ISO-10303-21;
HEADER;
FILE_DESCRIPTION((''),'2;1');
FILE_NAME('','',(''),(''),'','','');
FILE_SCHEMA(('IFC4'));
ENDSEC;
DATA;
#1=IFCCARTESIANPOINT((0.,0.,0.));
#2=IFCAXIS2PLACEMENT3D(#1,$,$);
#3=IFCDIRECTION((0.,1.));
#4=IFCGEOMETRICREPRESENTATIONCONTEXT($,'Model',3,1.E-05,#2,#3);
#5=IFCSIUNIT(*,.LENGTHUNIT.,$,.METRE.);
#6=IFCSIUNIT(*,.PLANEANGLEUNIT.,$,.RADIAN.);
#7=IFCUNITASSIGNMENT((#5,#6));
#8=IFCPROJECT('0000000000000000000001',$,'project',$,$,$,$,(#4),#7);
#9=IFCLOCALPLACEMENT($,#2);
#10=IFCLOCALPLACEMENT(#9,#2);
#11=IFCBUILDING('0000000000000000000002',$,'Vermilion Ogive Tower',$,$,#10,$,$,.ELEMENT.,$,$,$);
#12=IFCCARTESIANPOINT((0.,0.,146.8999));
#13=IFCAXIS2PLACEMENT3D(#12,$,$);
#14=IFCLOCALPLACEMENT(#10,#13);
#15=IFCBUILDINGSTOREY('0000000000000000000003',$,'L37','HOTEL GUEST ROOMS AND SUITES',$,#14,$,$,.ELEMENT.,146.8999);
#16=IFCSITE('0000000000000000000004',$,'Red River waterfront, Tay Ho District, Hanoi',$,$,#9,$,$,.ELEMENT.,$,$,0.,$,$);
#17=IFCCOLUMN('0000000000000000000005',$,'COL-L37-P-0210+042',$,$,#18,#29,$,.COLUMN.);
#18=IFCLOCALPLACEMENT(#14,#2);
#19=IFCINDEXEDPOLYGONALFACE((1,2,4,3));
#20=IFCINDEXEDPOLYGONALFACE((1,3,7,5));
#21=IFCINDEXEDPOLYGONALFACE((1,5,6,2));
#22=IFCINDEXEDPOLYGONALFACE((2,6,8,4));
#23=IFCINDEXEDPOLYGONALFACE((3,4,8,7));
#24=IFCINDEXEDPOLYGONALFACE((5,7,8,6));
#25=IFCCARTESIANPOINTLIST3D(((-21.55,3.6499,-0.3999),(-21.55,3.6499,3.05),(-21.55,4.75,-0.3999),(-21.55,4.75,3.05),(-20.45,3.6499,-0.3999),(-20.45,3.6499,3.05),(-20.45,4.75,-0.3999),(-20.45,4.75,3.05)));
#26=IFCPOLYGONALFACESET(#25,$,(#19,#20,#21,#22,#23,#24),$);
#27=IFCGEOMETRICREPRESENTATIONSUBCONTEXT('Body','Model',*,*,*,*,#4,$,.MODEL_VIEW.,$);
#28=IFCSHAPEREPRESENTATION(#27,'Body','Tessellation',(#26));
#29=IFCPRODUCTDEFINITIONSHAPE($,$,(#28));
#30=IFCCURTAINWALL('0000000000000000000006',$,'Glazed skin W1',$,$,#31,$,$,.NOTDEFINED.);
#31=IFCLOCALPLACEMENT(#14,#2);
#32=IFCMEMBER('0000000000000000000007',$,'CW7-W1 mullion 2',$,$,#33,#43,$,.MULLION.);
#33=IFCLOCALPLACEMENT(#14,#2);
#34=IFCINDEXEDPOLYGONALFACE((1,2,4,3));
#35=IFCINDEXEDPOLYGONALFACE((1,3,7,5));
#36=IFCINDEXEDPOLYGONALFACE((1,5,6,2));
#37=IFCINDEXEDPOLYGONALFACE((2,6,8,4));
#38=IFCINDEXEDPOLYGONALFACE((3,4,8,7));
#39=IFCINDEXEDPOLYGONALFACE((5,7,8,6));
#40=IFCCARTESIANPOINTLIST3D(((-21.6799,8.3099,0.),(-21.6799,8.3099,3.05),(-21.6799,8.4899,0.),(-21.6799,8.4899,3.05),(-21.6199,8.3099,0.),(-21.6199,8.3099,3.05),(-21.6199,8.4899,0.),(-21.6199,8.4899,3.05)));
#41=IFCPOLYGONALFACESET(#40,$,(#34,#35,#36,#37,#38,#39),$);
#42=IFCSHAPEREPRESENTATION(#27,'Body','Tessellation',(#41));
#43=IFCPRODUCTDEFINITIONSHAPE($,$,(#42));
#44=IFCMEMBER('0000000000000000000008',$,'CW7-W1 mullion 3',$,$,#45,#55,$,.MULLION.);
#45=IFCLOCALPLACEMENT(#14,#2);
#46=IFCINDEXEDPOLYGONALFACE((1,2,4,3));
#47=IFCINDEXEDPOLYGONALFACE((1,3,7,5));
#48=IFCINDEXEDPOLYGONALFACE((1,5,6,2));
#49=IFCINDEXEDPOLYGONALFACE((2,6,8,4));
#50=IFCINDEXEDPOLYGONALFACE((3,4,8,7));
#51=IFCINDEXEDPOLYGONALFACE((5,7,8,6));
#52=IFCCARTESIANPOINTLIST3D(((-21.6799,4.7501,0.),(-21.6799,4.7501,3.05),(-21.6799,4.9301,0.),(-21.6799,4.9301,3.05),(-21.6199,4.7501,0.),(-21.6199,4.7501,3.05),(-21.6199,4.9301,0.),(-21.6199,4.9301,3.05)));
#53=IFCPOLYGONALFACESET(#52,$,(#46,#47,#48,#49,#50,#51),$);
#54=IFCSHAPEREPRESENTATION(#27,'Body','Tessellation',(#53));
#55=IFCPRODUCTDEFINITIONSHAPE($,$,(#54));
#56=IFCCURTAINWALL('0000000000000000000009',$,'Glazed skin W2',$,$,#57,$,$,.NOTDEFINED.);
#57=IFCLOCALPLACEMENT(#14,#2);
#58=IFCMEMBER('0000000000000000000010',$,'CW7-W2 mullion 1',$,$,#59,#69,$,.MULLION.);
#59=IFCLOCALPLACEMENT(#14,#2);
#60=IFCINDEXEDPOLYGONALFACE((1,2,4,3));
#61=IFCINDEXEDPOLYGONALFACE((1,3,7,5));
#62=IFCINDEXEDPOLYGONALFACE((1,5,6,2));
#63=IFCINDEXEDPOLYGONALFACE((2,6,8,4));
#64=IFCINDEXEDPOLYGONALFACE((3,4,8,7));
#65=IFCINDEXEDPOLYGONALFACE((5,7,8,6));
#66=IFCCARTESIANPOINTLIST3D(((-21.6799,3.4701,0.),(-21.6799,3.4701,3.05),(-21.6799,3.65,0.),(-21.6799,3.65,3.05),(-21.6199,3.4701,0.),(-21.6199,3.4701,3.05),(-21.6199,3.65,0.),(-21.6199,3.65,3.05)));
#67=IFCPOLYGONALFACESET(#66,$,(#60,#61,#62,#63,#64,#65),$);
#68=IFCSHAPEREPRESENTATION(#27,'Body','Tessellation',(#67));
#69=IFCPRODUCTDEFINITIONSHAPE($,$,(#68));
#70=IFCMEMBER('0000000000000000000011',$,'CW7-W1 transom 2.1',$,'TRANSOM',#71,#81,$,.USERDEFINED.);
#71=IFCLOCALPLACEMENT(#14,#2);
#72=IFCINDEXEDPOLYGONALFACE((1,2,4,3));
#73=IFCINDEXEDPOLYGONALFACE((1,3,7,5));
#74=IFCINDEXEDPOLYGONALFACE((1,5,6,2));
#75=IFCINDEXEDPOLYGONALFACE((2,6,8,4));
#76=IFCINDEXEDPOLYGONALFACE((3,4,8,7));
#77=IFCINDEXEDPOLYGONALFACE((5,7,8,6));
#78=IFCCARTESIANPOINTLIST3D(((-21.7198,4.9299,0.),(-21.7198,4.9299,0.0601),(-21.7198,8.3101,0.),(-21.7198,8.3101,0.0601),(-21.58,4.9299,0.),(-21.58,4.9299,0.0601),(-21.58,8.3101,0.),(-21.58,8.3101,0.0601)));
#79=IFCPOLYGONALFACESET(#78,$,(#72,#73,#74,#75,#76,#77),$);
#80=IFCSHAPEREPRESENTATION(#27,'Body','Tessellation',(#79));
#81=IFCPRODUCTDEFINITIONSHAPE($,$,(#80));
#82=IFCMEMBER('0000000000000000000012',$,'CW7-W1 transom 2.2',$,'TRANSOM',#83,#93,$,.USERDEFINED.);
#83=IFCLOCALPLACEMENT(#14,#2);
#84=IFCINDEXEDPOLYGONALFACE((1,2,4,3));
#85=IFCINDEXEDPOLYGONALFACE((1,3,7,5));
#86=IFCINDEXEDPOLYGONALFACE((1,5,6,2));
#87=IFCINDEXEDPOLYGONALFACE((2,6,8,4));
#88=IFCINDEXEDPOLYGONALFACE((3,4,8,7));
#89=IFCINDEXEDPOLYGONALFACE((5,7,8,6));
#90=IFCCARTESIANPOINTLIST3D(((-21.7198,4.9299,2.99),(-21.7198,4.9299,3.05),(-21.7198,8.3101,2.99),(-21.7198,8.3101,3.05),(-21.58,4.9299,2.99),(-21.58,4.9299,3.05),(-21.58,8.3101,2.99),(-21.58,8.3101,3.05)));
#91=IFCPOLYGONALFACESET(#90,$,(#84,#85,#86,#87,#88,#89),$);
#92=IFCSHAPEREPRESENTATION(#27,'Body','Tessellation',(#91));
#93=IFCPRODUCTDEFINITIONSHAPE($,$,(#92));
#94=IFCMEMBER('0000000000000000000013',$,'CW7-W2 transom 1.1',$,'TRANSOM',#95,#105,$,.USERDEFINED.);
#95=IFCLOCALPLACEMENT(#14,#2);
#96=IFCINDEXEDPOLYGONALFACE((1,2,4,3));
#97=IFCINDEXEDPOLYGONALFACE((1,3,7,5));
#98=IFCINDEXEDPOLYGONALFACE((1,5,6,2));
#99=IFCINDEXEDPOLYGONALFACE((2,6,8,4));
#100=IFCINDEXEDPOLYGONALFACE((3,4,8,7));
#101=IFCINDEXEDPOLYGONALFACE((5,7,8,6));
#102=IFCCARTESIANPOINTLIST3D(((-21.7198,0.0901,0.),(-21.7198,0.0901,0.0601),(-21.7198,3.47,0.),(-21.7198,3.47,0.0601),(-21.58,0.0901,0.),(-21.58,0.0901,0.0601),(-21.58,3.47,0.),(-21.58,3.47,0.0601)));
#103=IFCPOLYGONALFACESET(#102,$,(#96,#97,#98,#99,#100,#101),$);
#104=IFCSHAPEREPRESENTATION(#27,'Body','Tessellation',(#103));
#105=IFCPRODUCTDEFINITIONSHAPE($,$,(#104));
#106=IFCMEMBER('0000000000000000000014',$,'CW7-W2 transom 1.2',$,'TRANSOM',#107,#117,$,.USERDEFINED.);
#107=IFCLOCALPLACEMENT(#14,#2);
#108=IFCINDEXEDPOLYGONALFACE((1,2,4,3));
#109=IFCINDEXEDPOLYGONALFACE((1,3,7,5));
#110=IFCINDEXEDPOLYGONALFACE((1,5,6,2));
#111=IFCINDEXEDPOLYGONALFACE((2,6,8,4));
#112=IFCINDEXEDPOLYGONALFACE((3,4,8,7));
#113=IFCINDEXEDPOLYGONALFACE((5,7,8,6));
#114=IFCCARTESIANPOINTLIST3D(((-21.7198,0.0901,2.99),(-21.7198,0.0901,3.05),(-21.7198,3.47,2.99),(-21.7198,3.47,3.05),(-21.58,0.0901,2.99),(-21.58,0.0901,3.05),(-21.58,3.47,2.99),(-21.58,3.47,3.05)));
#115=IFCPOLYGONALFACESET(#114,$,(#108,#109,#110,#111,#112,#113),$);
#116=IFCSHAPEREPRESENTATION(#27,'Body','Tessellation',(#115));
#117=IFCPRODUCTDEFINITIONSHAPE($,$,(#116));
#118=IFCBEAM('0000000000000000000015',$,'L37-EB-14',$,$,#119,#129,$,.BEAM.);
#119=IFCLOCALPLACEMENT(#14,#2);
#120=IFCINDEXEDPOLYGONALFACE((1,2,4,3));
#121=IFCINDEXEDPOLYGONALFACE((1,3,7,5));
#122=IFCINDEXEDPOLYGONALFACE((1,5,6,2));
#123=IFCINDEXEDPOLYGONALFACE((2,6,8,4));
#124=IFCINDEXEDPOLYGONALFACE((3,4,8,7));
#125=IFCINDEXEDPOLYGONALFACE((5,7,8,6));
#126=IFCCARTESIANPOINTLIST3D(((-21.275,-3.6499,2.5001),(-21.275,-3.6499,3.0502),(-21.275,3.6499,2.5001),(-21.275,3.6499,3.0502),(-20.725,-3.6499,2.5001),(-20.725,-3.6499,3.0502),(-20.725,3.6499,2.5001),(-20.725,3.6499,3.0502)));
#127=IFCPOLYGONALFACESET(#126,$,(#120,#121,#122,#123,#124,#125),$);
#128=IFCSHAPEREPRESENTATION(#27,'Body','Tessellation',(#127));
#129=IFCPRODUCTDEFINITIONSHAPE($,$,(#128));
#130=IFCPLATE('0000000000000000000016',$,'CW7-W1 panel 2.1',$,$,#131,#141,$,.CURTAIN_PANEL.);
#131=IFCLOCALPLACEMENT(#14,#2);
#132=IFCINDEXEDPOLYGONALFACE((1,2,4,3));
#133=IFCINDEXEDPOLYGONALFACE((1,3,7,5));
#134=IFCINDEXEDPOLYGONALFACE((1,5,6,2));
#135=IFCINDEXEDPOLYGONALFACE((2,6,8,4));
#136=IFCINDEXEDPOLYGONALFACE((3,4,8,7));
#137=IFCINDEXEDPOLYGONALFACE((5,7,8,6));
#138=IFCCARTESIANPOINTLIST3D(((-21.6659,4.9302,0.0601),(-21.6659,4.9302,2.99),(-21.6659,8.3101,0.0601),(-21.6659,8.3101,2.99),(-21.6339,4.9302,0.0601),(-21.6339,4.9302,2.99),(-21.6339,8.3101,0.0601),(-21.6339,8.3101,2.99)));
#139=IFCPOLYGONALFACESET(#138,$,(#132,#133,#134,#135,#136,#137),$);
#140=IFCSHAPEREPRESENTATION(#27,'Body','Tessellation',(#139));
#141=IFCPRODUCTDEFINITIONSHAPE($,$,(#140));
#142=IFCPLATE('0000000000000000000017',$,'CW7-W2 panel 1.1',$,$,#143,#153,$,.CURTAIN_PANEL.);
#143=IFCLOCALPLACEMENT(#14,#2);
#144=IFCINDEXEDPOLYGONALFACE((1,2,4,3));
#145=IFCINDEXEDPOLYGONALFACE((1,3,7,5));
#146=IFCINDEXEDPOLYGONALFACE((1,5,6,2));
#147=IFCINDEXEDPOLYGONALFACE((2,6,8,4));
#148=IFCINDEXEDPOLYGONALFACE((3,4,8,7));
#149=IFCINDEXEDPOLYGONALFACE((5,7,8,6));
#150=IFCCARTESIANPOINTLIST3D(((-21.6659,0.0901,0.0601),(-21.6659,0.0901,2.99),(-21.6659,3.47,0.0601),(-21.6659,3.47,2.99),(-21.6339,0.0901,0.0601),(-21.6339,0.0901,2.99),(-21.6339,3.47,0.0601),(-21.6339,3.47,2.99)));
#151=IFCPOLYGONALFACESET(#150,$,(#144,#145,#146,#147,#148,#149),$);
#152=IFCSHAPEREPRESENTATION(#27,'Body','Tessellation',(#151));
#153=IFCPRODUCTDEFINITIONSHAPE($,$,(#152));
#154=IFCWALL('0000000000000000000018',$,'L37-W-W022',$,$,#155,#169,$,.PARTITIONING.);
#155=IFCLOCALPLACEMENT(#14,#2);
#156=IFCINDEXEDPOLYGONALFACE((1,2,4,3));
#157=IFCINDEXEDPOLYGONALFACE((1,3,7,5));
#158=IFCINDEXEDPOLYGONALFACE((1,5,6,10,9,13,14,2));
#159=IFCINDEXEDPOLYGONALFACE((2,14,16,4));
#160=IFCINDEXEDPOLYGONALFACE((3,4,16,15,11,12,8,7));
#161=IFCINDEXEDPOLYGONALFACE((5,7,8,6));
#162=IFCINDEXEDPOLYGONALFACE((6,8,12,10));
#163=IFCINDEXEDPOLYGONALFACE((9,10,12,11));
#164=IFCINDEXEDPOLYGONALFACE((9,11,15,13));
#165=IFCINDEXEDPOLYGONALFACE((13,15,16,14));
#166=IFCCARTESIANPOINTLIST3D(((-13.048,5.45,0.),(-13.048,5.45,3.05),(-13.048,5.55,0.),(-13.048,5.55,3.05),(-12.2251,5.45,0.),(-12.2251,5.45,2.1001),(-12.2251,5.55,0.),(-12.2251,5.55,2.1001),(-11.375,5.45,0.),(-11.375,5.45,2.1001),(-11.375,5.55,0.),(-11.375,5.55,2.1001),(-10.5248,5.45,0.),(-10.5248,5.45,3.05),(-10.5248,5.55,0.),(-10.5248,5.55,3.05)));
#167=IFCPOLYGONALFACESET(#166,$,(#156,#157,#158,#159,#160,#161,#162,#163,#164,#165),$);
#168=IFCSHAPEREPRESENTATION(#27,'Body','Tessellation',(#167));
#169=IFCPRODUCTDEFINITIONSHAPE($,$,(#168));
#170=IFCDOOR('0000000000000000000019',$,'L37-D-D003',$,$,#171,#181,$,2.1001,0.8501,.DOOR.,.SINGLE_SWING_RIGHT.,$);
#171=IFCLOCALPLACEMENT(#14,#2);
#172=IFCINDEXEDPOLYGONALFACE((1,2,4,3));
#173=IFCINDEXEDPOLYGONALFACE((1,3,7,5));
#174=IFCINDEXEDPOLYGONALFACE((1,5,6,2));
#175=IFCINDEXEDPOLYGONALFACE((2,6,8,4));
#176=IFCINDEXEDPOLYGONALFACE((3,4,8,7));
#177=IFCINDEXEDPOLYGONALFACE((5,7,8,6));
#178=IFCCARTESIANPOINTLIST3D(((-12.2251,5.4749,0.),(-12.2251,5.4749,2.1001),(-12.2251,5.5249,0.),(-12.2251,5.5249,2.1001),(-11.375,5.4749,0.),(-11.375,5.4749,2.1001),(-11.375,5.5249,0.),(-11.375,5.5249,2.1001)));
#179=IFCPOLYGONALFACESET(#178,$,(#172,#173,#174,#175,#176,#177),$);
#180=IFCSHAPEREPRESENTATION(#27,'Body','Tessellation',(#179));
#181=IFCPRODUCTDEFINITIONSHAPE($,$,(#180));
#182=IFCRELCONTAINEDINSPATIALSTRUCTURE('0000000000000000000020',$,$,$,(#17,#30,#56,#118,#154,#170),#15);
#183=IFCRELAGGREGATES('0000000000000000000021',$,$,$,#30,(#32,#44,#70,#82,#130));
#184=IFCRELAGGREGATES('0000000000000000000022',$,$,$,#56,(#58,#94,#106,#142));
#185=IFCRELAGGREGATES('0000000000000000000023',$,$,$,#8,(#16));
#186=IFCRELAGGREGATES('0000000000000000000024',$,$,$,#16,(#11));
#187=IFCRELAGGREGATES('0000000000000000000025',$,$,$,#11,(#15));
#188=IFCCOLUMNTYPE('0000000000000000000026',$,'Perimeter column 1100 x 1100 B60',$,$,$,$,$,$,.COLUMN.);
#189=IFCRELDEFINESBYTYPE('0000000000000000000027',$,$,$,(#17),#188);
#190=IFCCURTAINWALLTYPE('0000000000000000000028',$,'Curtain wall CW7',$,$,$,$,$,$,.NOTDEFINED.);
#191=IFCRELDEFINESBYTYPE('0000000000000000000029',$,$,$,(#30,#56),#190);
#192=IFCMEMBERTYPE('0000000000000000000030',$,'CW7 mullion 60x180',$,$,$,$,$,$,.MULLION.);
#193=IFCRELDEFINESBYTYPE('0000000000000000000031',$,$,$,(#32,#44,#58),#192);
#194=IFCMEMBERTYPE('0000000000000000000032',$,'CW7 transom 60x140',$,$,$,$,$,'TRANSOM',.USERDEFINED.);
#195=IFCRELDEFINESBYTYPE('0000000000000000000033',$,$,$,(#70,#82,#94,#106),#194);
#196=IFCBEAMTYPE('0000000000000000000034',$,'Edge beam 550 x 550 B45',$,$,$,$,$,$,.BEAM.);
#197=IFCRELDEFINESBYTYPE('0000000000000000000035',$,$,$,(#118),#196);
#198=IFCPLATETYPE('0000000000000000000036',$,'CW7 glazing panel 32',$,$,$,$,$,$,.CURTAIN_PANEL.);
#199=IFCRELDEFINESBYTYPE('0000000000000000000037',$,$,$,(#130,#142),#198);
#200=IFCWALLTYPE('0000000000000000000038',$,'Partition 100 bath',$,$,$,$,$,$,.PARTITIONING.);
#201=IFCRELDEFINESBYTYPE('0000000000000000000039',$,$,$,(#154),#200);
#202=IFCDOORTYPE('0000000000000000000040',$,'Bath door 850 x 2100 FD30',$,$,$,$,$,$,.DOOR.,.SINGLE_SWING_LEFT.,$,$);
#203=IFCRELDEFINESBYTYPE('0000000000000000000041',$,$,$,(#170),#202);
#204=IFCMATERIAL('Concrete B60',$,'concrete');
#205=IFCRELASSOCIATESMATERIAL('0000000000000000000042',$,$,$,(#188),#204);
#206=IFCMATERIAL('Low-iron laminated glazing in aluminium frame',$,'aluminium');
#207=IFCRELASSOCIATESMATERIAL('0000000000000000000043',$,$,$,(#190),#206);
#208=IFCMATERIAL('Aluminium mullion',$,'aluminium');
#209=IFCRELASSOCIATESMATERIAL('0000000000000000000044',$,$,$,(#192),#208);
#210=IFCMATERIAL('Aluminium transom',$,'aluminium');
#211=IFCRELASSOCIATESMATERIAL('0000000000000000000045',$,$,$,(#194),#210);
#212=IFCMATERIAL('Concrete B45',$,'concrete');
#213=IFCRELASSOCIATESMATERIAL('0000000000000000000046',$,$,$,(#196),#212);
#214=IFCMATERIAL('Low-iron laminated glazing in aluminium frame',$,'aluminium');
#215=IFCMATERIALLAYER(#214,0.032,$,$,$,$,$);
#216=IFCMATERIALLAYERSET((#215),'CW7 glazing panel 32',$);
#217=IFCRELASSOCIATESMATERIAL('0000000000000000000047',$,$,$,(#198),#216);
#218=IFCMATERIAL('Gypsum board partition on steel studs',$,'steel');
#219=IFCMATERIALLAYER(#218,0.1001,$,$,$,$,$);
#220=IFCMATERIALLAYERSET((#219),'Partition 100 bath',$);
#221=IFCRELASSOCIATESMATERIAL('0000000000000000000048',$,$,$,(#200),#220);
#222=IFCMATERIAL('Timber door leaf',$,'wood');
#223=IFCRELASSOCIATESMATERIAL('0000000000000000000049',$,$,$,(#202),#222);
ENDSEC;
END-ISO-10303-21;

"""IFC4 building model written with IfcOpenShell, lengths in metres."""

from ifc_helpers import new_model, si_unit, direction, frame, frame_2d, origin, origin_2d, place, context, subcontext, project, spatial, rectangle, extrude, material, layer, layer_set, material_profile, profile_set, type_object, element, fill, aggregate, save


model = new_model("IFC4")

# Units and contexts
model_context = context("Model", 3, precision=1e-05, world=origin(), true_north=direction((0.0, 1.0)))
body_context = subcontext(model_context, "Body", "Model", "MODEL_VIEW")
ifc_project = project(units=[si_unit("LENGTHUNIT", "METRE"), si_unit("PLANEANGLEUNIT", "RADIAN")], contexts=[model_context])

# Site, building, storey
site_placement = place(None, origin())
site = spatial("IfcSite", under=ifc_project, at=site_placement, Name="Red River waterfront, Tay Ho District, Hanoi", CompositionType="ELEMENT", RefElevation=0.0)
building_placement = place(site_placement, origin())
building = spatial("IfcBuilding", under=site, at=building_placement, Name="Vermilion Ogive Tower", CompositionType="ELEMENT")
storey_placement = place(building_placement, frame((0.0, 0.0, 146.8999)))
storey = spatial("IfcBuildingStorey", under=building, at=storey_placement, Name="L37", Description="HOTEL GUEST ROOMS AND SUITES", CompositionType="ELEMENT", Elevation=146.8999)

# Column
ifc_material_1 = material(Name="Concrete B60", Category="concrete")
ifc_material_profile_1 = material_profile(ifc_material_1, rectangle(XDim=1.1001, YDim=1.1001, at=origin_2d()), Name="1100 x 1100")
ifc_profile_set_1 = profile_set([ifc_material_profile_1], Name="Concrete B60")
column_type = type_object("IfcColumnType", Name="Perimeter column 1100 x 1100 B60", PredefinedType="COLUMN", material=ifc_profile_set_1)
column_placement = place(storey_placement, frame((-21.0, 4.2, -0.3999), z_axis=(0.0, 0.0, 1.0), x_axis=(1.0, 0.0, 0.0)))
element("IfcColumn", 1, at=column_placement, inside=storey, type_object=column_type, Name="COL-L37-P-0210+042", PredefinedType="COLUMN", context=body_context, shape_type="SweptSolid", body=[
    extrude(rectangle(XDim=1.1001, YDim=1.1001, at=origin_2d()), origin(), (0.0, 0.0, 1.0), 3.45),
])

# Curtain wall, members
ifc_material_2 = material(Name="Low-iron laminated glazing in aluminium frame", Category="aluminium")
curtain_wall_type = type_object("IfcCurtainWallType", Name="Curtain wall CW7", PredefinedType="NOTDEFINED", material=ifc_material_2)
curtain_wall_1_placement = place(storey_placement, origin())
curtain_wall_1 = element("IfcCurtainWall", 2, at=curtain_wall_1_placement, inside=storey, type_object=curtain_wall_type, Name="Glazed skin W1", PredefinedType="NOTDEFINED")
ifc_material_3 = material(Name="Aluminium mullion", Category="aluminium")
ifc_material_profile_2 = material_profile(ifc_material_3, rectangle(XDim=0.0601, YDim=0.1799, at=origin_2d()), Name="AL 60x180")
ifc_profile_set_2 = profile_set([ifc_material_profile_2], Name="Aluminium mullion")
member_type_1 = type_object("IfcMemberType", Name="CW7 mullion 60x180", PredefinedType="MULLION", material=ifc_profile_set_2)
member_1_placement = place(storey_placement, frame((-21.6499, 8.3999, 0.0), z_axis=(0.0, 0.0, 1.0), x_axis=(1.0, 0.0, 0.0)))
member_1 = element("IfcMember", 3, at=member_1_placement, type_object=member_type_1, Name="CW7-W1 mullion 2", PredefinedType="MULLION", context=body_context, shape_type="SweptSolid", body=[
    extrude(rectangle(XDim=0.0601, YDim=0.1799, at=origin_2d()), origin(), (0.0, 0.0, 1.0), 3.05),
])
member_2_placement = place(storey_placement, frame((-21.6499, 4.8401, 0.0), z_axis=(0.0, 0.0, 1.0), x_axis=(1.0, 0.0, 0.0)))
member_2 = element("IfcMember", 4, at=member_2_placement, type_object=member_type_1, Name="CW7-W1 mullion 3", PredefinedType="MULLION", context=body_context, shape_type="SweptSolid", body=[
    extrude(rectangle(XDim=0.0601, YDim=0.1799, at=origin_2d()), origin(), (0.0, 0.0, 1.0), 3.05),
])

# Curtain wall, member
curtain_wall_2_placement = place(storey_placement, origin())
curtain_wall_2 = element("IfcCurtainWall", 5, at=curtain_wall_2_placement, inside=storey, type_object=curtain_wall_type, Name="Glazed skin W2", PredefinedType="NOTDEFINED")
member_3_placement = place(storey_placement, frame((-21.6499, 3.5601, 0.0), z_axis=(0.0, 0.0, 1.0), x_axis=(1.0, 0.0, 0.0)))
member_3 = element("IfcMember", 6, at=member_3_placement, type_object=member_type_1, Name="CW7-W2 mullion 1", PredefinedType="MULLION", context=body_context, shape_type="SweptSolid", body=[
    extrude(rectangle(XDim=0.0601, YDim=0.1799, at=origin_2d()), origin(), (0.0, 0.0, 1.0), 3.05),
])

# Members
ifc_material_4 = material(Name="Aluminium transom", Category="aluminium")
ifc_material_profile_3 = material_profile(ifc_material_4, rectangle(XDim=0.1399, YDim=0.0601, at=origin_2d()), Name="AL 60x140")
ifc_profile_set_3 = profile_set([ifc_material_profile_3], Name="Aluminium transom")
member_type_2 = type_object("IfcMemberType", Name="CW7 transom 60x140", ElementType="TRANSOM", PredefinedType="USERDEFINED", material=ifc_profile_set_3)
member_4_placement = place(storey_placement, frame((-21.6499, 8.3101, 0.03), z_axis=(0.0, -1.0, 0.0), x_axis=(1.0, 0.0, 0.0)))
member_4 = element("IfcMember", 7, at=member_4_placement, type_object=member_type_2, Name="CW7-W1 transom 2.1", ObjectType="TRANSOM", PredefinedType="USERDEFINED", context=body_context, shape_type="SweptSolid", body=[
    extrude(rectangle(XDim=0.1399, YDim=0.0601, at=origin_2d()), origin(), (0.0, 0.0, 1.0), 3.3801),
])
member_5_placement = place(storey_placement, frame((-21.6499, 8.3101, 3.02), z_axis=(0.0, -1.0, 0.0), x_axis=(1.0, 0.0, 0.0)))
member_5 = element("IfcMember", 8, at=member_5_placement, type_object=member_type_2, Name="CW7-W1 transom 2.2", ObjectType="TRANSOM", PredefinedType="USERDEFINED", context=body_context, shape_type="SweptSolid", body=[
    extrude(rectangle(XDim=0.1399, YDim=0.0601, at=origin_2d()), origin(), (0.0, 0.0, 1.0), 3.3801),
])
member_6_placement = place(storey_placement, frame((-21.6499, 3.47, 0.03), z_axis=(0.0, -1.0, 0.0), x_axis=(1.0, 0.0, 0.0)))
member_6 = element("IfcMember", 9, at=member_6_placement, type_object=member_type_2, Name="CW7-W2 transom 1.1", ObjectType="TRANSOM", PredefinedType="USERDEFINED", context=body_context, shape_type="SweptSolid", body=[
    extrude(rectangle(XDim=0.1399, YDim=0.0601, at=origin_2d()), origin(), (0.0, 0.0, 1.0), 3.3799),
])
member_7_placement = place(storey_placement, frame((-21.6499, 3.47, 3.02), z_axis=(0.0, -1.0, 0.0), x_axis=(1.0, 0.0, 0.0)))
member_7 = element("IfcMember", 10, at=member_7_placement, type_object=member_type_2, Name="CW7-W2 transom 1.2", ObjectType="TRANSOM", PredefinedType="USERDEFINED", context=body_context, shape_type="SweptSolid", body=[
    extrude(rectangle(XDim=0.1399, YDim=0.0601, at=origin_2d()), origin(), (0.0, 0.0, 1.0), 3.3799),
])

# Beam
ifc_material_5 = material(Name="Concrete B45", Category="concrete")
ifc_material_profile_4 = material_profile(ifc_material_5, rectangle(XDim=0.55, YDim=0.55, at=origin_2d()), Name="550 x 550")
ifc_profile_set_4 = profile_set([ifc_material_profile_4], Name="Concrete B45")
beam_type = type_object("IfcBeamType", Name="Edge beam 550 x 550 B45", PredefinedType="BEAM", material=ifc_profile_set_4)
beam_placement = place(storey_placement, frame((-21.0, 3.6499, 2.7751), z_axis=(0.0, -1.0, 0.0), x_axis=(1.0, 0.0, 0.0)))
element("IfcBeam", 11, at=beam_placement, inside=storey, type_object=beam_type, Name="L37-EB-14", PredefinedType="BEAM", context=body_context, shape_type="SweptSolid", body=[
    extrude(rectangle(XDim=0.55, YDim=0.55, at=origin_2d()), origin(), (0.0, 0.0, 1.0), 7.2998),
])

# Plates
ifc_material_6 = material(Name="Low-iron laminated glazing in aluminium frame", Category="aluminium")
ifc_layer_1 = layer(ifc_material_6, 0.032)
ifc_layer_set_1 = layer_set([ifc_layer_1], Name="CW7 glazing panel 32")
plate_type = type_object("IfcPlateType", Name="CW7 glazing panel 32", PredefinedType="CURTAIN_PANEL", material=ifc_layer_set_1)
plate_1_placement = place(storey_placement, frame((-21.6499, 6.6201, 0.0601), z_axis=(0.0, 0.0, 1.0), x_axis=(0.0, -1.0, 0.0)))
plate_1 = element("IfcPlate", 12, at=plate_1_placement, type_object=plate_type, Name="CW7-W1 panel 2.1", PredefinedType="CURTAIN_PANEL", context=body_context, shape_type="SweptSolid", body=[
    extrude(rectangle(XDim=3.3799, YDim=0.032, at=origin_2d()), origin(), (0.0, 0.0, 1.0), 2.9299),
])
aggregate(curtain_wall_1, [member_1, member_2, member_4, member_5, plate_1])
plate_2_placement = place(storey_placement, frame((-21.6499, 1.78, 0.0601), z_axis=(0.0, 0.0, 1.0), x_axis=(0.0, -1.0, 0.0)))
plate_2 = element("IfcPlate", 13, at=plate_2_placement, type_object=plate_type, Name="CW7-W2 panel 1.1", PredefinedType="CURTAIN_PANEL", context=body_context, shape_type="SweptSolid", body=[
    extrude(rectangle(XDim=3.3799, YDim=0.032, at=origin_2d()), origin(), (0.0, 0.0, 1.0), 2.9299),
])
aggregate(curtain_wall_2, [member_3, member_6, member_7, plate_2])

# Wall, opening, door
ifc_material_7 = material(Name="Gypsum board partition on steel studs", Category="steel")
ifc_layer_2 = layer(ifc_material_7, 0.1001)
ifc_layer_set_2 = layer_set([ifc_layer_2], Name="Partition 100 bath")
wall_type_1 = type_object("IfcWallType", Name="Partition 100 bath", PredefinedType="PARTITIONING", material=ifc_layer_set_2)
wall_1_placement = place(storey_placement, frame((-13.0481, 5.5, 0.0), z_axis=(0.0, 0.0, 1.0), x_axis=(1.0, 0.0, 0.0)))
wall_1 = element("IfcWall", 14, at=wall_1_placement, inside=storey, type_object=wall_type_1, Name="L37-W-W022", PredefinedType="PARTITIONING", context=body_context, shape_type="SweptSolid", body=[
    extrude(rectangle(XDim=2.5232, YDim=0.1001, at=frame_2d((1.2617, 0.0))), origin(), (0.0, 0.0, 1.0), 3.05),
])
opening_placement = place(wall_1_placement, frame((0.823, 0.0, 0.0)))
opening = element("IfcOpeningElement", 15, at=opening_placement, cuts=wall_1, PredefinedType="OPENING", context=body_context, shape_type="SweptSolid", body=[
    extrude(rectangle(XDim=0.8501, YDim=2.1001, at=frame_2d((0.425, 1.05))), frame((0.0, 0.0601, 0.0), z_axis=(0.0, -1.0, 0.0), x_axis=(1.0, 0.0, 0.0)), (0.0, 0.0, 1.0), 0.1201),
])
ifc_material_8 = material(Name="Timber door leaf", Category="wood")
door_type = type_object("IfcDoorType", Name="Bath door 850 x 2100 FD30", OperationType="SINGLE_SWING_LEFT", PredefinedType="DOOR", material=ifc_material_8)
door_placement = place(opening_placement, origin())
door = element("IfcDoor", 16, at=door_placement, inside=storey, type_object=door_type, Name="L37-D-D003", OperationType="SINGLE_SWING_RIGHT", OverallHeight=2.1001, OverallWidth=0.8501, PredefinedType="DOOR", context=body_context, shape_type="SweptSolid", body=[
    extrude(rectangle(XDim=0.8501, YDim=2.1001, at=frame_2d((0.425, 1.05))), frame((0.0, 0.0249, 0.0), z_axis=(0.0, -1.0, 0.0), x_axis=(1.0, 0.0, 0.0)), (0.0, 0.0, 1.0), 0.05),
])
fill(opening, door)

save(model, "model.ifc")
